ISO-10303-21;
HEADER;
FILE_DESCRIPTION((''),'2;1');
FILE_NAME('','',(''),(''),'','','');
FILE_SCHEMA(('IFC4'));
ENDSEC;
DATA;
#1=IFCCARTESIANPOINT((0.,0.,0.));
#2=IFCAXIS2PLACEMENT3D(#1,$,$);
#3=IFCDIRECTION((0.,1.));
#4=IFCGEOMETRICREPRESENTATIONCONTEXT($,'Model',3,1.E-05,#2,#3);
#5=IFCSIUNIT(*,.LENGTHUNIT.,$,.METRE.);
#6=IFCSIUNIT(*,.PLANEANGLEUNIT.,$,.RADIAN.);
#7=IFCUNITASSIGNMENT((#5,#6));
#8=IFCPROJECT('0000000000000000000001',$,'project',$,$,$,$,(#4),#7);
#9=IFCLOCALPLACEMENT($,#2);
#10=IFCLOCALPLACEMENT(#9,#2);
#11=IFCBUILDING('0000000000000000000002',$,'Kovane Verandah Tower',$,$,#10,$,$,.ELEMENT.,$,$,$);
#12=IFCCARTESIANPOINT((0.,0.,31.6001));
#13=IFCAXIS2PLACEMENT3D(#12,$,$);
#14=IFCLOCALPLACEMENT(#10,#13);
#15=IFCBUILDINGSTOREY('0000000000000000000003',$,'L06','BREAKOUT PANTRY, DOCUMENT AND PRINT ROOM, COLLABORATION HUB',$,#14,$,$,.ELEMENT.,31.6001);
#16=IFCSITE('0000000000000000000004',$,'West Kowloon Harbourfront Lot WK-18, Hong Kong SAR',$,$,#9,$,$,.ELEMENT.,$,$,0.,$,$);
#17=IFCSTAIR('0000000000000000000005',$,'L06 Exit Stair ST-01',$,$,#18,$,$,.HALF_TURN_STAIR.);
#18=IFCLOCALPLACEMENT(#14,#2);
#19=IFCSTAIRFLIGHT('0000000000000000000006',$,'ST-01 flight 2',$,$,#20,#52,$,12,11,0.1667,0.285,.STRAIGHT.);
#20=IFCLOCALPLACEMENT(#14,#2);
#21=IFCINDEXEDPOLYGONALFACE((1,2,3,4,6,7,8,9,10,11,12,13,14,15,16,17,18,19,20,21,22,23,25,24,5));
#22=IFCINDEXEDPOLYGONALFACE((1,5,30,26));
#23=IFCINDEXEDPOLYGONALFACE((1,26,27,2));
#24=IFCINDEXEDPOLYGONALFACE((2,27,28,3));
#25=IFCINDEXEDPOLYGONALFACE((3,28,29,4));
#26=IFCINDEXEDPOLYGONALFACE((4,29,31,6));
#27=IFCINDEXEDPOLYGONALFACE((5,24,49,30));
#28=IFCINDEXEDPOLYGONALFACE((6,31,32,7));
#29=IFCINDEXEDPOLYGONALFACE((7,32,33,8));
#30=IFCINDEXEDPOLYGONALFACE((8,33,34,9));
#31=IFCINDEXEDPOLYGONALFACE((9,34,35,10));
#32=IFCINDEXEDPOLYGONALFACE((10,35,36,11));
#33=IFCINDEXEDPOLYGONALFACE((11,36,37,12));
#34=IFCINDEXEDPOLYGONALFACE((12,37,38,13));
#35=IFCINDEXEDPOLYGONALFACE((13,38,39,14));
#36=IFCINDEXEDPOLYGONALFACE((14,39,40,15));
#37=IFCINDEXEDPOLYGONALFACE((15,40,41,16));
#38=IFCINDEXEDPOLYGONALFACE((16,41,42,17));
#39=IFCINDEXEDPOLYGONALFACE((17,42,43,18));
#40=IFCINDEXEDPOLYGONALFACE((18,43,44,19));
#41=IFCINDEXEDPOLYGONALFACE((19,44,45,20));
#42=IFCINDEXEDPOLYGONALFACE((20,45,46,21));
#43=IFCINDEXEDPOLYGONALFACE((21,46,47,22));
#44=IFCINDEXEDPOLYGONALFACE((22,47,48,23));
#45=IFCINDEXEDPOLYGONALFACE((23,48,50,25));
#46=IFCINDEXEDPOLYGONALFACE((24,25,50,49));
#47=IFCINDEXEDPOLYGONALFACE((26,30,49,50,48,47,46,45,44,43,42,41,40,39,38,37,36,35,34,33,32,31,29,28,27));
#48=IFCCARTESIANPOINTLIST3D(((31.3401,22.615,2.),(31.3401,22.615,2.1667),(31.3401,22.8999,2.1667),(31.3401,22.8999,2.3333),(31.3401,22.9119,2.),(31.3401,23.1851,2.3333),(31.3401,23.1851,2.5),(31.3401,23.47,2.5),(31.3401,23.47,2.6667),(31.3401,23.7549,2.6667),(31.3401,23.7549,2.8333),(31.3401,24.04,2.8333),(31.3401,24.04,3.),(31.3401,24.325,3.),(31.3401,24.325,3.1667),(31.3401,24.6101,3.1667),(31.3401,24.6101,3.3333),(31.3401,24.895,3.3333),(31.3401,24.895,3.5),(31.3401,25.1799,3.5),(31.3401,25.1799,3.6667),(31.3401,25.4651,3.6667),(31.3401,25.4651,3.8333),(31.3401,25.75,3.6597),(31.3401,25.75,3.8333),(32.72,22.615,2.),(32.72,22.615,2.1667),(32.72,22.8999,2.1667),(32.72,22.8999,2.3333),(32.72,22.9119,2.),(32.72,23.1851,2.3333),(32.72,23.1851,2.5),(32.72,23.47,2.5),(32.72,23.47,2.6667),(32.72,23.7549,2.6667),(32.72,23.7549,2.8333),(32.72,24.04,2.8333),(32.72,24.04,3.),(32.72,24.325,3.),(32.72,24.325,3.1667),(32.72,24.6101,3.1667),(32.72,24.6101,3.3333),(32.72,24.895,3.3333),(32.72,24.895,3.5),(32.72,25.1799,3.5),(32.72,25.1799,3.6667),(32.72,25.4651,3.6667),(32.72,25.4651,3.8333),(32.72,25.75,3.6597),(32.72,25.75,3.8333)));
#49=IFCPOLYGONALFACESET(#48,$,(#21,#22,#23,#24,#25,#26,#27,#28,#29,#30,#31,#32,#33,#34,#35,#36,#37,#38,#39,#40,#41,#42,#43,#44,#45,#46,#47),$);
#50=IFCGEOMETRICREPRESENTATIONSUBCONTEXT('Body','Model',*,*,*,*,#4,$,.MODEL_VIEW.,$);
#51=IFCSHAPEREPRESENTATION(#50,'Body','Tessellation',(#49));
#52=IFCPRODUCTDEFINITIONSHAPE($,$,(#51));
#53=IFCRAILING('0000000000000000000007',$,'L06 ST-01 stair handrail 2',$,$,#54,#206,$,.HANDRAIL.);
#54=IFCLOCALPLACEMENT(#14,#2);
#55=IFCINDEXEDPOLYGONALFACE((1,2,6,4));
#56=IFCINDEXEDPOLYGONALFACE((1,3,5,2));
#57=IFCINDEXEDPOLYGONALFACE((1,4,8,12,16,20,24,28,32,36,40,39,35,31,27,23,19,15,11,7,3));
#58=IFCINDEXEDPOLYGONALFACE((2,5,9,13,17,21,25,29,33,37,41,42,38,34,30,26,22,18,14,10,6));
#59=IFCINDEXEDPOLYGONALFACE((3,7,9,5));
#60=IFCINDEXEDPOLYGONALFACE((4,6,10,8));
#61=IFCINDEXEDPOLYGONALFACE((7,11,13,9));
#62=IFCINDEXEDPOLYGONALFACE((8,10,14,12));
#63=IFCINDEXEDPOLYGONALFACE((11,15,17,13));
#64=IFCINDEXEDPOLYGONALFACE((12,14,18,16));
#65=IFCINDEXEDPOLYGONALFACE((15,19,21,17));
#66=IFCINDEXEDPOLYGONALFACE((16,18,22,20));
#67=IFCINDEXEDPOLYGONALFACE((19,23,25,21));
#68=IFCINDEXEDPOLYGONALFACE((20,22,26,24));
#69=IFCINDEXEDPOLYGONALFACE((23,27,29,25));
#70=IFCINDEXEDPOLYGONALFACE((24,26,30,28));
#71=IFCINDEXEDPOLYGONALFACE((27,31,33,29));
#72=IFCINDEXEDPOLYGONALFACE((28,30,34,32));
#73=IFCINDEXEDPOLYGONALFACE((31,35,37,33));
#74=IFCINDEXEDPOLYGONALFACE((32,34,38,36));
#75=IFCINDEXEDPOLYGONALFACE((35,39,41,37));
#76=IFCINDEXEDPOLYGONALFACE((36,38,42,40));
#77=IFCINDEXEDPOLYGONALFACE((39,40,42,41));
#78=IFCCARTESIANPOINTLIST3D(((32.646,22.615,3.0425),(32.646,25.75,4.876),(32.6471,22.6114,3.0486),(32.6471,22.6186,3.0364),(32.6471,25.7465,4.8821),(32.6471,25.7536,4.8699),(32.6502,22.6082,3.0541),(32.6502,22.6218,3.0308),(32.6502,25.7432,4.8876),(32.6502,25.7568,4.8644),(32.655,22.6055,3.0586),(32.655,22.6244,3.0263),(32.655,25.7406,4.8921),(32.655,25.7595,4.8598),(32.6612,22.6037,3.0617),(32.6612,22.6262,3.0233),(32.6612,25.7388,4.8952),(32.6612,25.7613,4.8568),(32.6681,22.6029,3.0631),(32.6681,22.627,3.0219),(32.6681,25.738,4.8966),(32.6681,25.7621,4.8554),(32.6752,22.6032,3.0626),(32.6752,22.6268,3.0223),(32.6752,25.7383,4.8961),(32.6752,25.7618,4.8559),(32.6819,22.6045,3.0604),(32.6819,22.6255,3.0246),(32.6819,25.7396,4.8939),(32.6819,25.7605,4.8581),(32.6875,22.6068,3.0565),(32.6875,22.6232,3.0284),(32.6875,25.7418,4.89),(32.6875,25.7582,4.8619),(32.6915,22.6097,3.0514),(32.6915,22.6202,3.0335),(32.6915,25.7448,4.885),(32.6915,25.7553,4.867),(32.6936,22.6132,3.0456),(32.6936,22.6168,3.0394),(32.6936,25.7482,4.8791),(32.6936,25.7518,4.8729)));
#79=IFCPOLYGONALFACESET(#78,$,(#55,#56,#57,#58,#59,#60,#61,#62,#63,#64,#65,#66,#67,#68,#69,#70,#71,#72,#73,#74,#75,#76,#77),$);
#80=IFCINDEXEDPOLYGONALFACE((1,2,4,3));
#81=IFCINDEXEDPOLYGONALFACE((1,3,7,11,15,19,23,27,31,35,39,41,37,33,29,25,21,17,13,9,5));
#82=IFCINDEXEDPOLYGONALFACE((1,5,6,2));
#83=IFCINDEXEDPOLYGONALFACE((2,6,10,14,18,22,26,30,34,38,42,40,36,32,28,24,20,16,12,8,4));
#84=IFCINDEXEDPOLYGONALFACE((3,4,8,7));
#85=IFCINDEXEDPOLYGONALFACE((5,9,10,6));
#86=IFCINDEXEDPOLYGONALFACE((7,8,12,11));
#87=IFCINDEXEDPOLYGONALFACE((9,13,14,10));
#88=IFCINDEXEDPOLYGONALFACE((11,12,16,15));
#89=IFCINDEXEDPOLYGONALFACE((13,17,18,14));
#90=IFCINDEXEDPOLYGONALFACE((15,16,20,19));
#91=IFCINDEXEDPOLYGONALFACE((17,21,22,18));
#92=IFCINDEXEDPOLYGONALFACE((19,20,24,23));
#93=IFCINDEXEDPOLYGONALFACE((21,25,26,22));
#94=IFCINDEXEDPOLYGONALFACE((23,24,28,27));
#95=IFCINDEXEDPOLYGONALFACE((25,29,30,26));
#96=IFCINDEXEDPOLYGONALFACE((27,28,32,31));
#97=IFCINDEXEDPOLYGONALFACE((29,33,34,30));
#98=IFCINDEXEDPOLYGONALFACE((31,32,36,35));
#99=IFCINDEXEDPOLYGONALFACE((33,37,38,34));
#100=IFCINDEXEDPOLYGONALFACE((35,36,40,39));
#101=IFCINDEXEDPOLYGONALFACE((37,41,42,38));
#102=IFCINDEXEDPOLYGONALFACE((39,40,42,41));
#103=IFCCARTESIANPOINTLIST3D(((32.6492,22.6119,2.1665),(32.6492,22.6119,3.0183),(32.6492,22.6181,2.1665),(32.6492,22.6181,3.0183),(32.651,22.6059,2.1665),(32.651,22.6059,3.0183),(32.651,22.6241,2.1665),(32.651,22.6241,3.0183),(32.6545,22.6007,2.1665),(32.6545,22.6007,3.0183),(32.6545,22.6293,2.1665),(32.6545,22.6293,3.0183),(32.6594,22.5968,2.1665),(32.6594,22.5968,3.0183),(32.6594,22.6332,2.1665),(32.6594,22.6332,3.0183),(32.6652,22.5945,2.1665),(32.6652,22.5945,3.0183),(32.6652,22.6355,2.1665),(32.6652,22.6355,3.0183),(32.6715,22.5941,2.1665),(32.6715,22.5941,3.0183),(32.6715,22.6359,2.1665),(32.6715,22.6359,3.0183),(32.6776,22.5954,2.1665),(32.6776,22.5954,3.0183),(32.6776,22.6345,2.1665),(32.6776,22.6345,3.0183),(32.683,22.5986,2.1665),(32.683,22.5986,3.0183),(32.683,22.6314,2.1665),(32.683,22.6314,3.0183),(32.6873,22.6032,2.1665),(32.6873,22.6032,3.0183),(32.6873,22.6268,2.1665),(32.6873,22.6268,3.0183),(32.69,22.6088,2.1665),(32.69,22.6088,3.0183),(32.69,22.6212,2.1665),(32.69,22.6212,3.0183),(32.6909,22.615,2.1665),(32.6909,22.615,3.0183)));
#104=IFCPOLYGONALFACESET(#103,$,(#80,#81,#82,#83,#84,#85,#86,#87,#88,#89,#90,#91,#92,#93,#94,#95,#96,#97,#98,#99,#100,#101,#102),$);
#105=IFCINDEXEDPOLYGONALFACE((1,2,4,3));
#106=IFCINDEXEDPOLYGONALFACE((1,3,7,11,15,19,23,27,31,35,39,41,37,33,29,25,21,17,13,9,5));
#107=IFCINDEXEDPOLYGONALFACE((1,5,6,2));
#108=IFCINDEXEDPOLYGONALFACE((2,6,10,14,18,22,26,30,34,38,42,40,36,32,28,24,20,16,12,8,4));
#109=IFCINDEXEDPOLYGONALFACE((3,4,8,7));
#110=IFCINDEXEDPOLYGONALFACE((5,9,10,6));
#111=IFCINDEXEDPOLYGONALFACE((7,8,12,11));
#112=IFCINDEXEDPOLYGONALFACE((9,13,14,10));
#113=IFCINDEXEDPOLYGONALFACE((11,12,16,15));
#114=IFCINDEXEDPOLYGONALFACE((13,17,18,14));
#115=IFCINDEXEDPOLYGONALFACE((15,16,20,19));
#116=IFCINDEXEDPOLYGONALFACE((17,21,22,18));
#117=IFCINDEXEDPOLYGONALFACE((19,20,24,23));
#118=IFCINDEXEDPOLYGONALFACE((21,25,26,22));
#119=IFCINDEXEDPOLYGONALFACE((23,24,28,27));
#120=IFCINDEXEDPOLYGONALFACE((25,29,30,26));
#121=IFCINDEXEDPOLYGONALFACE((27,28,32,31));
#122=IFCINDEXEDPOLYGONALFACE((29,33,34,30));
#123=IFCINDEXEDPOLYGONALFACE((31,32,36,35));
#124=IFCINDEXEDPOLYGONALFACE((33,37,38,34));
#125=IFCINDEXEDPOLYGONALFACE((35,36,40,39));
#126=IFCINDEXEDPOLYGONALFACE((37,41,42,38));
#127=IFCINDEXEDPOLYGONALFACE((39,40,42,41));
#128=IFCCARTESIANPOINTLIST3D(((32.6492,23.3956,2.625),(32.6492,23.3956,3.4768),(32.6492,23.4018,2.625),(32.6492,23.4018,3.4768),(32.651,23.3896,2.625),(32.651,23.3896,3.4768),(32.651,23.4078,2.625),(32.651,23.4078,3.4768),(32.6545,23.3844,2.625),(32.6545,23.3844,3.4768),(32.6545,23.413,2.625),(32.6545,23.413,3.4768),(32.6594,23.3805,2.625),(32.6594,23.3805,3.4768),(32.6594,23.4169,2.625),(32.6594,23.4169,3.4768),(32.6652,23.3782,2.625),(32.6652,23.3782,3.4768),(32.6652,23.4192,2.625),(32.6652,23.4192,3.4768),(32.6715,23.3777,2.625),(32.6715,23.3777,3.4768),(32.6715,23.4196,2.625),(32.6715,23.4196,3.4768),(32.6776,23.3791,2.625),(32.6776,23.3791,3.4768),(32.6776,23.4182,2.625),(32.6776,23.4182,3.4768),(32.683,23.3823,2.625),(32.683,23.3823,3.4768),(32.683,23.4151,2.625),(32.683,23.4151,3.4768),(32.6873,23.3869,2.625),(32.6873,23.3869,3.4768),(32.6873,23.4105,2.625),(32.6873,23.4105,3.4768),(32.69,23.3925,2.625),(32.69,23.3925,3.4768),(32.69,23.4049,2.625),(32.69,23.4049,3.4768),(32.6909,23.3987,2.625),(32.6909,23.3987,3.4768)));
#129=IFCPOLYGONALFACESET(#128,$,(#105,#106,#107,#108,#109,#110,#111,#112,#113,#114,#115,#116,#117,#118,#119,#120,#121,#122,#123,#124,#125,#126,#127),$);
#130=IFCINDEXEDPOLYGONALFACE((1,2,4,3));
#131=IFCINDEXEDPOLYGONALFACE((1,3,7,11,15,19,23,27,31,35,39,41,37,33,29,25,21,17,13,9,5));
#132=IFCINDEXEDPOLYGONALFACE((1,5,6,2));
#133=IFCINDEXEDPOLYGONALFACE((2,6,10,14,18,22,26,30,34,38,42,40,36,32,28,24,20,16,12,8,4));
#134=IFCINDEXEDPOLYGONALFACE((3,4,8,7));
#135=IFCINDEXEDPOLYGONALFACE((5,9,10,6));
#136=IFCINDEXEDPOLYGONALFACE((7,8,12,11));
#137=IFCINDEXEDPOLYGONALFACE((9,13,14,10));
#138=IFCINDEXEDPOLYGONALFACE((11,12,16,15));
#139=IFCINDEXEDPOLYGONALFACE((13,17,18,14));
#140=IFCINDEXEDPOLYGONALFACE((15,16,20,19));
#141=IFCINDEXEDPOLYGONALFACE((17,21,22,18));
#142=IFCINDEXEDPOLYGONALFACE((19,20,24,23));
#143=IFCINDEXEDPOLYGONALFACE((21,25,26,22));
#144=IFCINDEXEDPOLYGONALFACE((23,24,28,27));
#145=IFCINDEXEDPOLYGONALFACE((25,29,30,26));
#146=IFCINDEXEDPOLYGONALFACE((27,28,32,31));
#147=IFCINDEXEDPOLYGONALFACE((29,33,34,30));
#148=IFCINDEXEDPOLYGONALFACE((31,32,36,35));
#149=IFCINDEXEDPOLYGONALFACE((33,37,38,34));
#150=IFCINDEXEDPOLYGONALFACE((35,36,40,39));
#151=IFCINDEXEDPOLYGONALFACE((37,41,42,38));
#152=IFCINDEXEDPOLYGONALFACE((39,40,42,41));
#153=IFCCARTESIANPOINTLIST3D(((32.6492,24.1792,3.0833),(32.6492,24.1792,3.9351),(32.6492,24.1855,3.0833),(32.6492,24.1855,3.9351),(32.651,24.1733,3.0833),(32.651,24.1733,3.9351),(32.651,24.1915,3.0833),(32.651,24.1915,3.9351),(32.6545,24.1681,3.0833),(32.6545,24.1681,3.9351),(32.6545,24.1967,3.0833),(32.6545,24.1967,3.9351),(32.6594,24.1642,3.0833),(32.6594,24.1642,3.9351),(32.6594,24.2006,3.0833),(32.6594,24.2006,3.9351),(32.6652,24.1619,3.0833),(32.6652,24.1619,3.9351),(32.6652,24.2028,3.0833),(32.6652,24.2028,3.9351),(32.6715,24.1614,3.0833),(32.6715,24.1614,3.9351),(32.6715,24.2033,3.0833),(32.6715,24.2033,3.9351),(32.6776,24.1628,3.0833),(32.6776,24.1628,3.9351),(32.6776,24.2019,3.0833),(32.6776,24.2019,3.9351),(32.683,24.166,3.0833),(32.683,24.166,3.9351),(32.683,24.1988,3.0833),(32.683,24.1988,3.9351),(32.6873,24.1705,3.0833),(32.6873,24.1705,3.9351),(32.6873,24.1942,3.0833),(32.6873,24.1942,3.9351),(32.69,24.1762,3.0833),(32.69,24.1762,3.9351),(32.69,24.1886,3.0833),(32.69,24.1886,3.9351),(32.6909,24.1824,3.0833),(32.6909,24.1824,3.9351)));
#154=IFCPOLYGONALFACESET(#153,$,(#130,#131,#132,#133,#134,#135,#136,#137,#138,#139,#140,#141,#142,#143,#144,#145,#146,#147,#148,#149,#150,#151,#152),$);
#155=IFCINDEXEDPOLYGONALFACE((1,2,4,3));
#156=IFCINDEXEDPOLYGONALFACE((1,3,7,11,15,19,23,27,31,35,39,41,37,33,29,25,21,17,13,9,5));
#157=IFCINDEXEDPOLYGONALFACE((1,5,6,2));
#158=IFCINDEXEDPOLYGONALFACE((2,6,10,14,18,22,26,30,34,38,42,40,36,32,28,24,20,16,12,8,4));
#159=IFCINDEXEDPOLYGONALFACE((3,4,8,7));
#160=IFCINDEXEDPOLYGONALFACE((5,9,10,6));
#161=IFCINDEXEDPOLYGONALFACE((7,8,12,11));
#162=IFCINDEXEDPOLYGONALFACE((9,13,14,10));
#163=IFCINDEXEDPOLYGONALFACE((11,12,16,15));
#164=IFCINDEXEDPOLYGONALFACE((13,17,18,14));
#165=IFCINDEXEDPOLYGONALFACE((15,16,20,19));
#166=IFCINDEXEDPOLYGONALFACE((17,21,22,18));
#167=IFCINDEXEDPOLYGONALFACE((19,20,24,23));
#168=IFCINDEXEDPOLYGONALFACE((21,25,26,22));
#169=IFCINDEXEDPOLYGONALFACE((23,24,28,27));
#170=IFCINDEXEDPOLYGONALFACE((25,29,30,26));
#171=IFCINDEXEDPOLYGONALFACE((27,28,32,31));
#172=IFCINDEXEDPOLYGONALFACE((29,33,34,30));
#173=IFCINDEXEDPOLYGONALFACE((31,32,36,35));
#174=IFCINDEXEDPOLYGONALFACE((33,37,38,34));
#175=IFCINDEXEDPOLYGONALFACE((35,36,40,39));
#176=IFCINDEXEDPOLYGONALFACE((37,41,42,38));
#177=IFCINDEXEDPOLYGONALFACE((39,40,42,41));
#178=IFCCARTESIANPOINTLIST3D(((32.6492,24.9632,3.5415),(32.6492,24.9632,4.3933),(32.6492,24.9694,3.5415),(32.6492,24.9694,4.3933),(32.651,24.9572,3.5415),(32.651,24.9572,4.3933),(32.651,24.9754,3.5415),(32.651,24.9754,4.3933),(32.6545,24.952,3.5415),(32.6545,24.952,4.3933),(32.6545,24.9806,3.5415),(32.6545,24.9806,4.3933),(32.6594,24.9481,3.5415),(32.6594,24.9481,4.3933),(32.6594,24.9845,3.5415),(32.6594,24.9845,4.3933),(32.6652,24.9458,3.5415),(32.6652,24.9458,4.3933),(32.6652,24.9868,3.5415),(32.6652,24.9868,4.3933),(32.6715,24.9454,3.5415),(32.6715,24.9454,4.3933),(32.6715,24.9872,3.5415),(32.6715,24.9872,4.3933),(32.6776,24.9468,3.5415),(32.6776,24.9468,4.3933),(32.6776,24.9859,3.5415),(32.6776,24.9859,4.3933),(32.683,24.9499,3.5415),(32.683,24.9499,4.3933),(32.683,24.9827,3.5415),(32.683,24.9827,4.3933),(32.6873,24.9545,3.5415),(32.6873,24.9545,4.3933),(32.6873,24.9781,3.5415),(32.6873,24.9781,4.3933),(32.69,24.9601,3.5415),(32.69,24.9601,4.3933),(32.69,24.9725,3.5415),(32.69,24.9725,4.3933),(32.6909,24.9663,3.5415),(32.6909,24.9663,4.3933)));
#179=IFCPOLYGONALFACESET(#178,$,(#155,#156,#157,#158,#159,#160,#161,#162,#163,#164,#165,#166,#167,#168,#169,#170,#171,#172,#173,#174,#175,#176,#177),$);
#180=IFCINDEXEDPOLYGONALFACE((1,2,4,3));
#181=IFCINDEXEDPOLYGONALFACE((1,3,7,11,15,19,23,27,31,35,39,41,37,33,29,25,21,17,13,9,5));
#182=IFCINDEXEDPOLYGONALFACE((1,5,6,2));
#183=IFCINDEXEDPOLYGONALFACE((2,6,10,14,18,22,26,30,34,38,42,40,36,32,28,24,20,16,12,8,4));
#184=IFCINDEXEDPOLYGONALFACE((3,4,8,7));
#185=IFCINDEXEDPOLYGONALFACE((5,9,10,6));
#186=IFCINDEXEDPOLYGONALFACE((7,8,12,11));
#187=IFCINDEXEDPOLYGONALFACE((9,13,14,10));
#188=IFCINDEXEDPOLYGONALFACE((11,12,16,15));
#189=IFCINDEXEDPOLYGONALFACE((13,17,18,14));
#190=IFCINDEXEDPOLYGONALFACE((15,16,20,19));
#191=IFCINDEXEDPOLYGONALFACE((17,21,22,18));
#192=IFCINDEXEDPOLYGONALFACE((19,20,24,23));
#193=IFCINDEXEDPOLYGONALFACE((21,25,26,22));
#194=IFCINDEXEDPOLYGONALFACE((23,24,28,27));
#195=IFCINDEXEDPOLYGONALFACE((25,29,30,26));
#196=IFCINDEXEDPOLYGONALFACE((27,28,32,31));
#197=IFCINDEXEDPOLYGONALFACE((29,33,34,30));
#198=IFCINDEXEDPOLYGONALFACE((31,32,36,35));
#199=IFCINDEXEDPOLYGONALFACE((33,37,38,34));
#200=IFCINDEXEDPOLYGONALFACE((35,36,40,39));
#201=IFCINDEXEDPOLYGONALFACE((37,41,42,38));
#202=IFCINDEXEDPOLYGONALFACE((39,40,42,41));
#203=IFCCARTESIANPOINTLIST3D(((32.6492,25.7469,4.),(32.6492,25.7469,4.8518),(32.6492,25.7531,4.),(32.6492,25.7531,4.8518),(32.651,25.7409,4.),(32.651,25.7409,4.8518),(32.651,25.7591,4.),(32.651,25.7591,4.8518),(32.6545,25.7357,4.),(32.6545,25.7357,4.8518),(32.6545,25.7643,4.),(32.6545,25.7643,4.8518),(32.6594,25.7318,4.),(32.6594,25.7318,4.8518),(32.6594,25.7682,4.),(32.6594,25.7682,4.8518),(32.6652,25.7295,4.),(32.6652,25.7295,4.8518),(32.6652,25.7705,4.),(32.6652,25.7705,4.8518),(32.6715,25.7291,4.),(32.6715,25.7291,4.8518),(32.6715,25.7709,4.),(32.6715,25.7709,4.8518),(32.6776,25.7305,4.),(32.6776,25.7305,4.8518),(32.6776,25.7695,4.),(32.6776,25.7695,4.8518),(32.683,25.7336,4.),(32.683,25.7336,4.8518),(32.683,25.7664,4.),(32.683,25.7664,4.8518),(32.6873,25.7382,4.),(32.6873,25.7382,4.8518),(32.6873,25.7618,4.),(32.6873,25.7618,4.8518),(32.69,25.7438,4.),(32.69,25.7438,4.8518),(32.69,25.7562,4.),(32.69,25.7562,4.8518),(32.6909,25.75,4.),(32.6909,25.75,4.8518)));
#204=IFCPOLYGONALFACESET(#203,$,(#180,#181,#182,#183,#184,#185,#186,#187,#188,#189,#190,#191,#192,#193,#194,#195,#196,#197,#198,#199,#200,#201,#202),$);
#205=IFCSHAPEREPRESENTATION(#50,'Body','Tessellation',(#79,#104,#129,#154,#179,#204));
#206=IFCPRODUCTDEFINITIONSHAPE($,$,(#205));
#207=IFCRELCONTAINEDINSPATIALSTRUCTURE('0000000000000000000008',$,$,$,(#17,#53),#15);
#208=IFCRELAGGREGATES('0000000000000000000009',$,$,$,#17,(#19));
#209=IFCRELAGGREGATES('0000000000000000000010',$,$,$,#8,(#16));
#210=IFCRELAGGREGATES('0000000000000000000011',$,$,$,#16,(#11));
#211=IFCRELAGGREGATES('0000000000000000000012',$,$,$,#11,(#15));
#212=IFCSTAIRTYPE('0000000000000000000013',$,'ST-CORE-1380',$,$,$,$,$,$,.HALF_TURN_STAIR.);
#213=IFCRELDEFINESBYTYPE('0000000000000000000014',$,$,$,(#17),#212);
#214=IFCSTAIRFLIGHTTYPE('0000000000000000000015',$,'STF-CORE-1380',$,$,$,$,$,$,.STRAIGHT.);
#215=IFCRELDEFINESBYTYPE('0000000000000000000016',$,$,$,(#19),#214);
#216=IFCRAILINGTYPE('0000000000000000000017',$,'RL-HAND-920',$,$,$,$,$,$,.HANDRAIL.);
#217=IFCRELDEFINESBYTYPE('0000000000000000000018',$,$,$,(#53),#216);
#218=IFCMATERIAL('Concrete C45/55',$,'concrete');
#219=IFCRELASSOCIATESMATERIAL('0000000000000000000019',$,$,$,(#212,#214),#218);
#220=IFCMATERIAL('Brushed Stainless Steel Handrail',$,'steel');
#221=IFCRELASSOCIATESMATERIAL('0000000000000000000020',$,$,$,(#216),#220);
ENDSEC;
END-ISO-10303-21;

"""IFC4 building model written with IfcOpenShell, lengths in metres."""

from ifc_helpers import new_model, si_unit, direction, frame, origin, origin_2d, place, context, subcontext, project, spatial, polyline, circle, outline, extrude, material, type_object, element, aggregate, save


model = new_model("IFC4")

# Units and contexts
model_context = context("Model", 3, precision=1e-05, world=origin(), true_north=direction((0.0, 1.0)))
body_context = subcontext(model_context, "Body", "Model", "MODEL_VIEW")
ifc_project = project(units=[si_unit("LENGTHUNIT", "METRE"), si_unit("PLANEANGLEUNIT", "RADIAN")], contexts=[model_context])

# Site, building, storey
site_placement = place(None, origin())
site = spatial("IfcSite", under=ifc_project, at=site_placement, Name="West Kowloon Harbourfront Lot WK-18, Hong Kong SAR", CompositionType="ELEMENT", RefElevation=0.0)
building_placement = place(site_placement, origin())
building = spatial("IfcBuilding", under=site, at=building_placement, Name="Kovane Verandah Tower", CompositionType="ELEMENT")
storey_placement = place(building_placement, frame((0.0, 0.0, 31.6001)))
storey = spatial("IfcBuildingStorey", under=building, at=storey_placement, Name="L06", Description="BREAKOUT PANTRY, DOCUMENT AND PRINT ROOM, COLLABORATION HUB", CompositionType="ELEMENT", Elevation=31.6001)

# Stair, stair flight
ifc_material_1 = material(Name="Concrete C45/55", Category="concrete")
stair_type = type_object("IfcStairType", Name="ST-CORE-1380", PredefinedType="HALF_TURN_STAIR", material=ifc_material_1)
stair_placement = place(storey_placement, origin())
stair = element("IfcStair", 1, at=stair_placement, inside=storey, type_object=stair_type, Name="L06 Exit Stair ST-01", PredefinedType="HALF_TURN_STAIR")
stair_flight_type = type_object("IfcStairFlightType", Name="STF-CORE-1380", PredefinedType="STRAIGHT", material=ifc_material_1)
stair_flight_placement = place(storey_placement, frame((32.03, 22.615, 2.0), z_axis=(0.0, 0.0, 1.0), x_axis=(0.0, 1.0, 0.0)))
stair_flight = element("IfcStairFlight", 2, at=stair_flight_placement, type_object=stair_flight_type, Name="ST-01 flight 2", NumberOfRisers=12, NumberOfTreads=11, PredefinedType="STRAIGHT", RiserHeight=0.1667, TreadLength=0.285, context=body_context, shape_type="SweptSolid", body=[
    extrude(outline(polyline([(0.0, 0.0), (0.0, 0.1667), (0.2849, 0.1667), (0.2849, 0.3333), (0.5701, 0.3333), (0.5701, 0.5), (0.855, 0.5), (0.855, 0.6667), (1.1399, 0.6667), (1.1399, 0.8333), (1.425, 0.8333), (1.425, 1.0), (1.71, 1.0), (1.71, 1.1667), (1.9951, 1.1667), (1.9951, 1.3333), (2.28, 1.3333), (2.28, 1.5), (2.5649, 1.5), (2.5649, 1.6667), (2.8501, 1.6667), (2.8501, 1.8333), (3.135, 1.8333), (3.135, 2.0), (3.135, 1.6597), (0.2969, 0.0), (0.0, 0.0)])), frame((0.0, 0.6899, 0.0), z_axis=(0.0, -1.0, 0.0), x_axis=(1.0, 0.0, 0.0)), (0.0, 0.0, 1.0), 1.3799),
])
aggregate(stair, [stair_flight])

# Railing
ifc_material_2 = material(Name="Brushed Stainless Steel Handrail", Category="steel")
railing_type_1 = type_object("IfcRailingType", Name="RL-HAND-920", PredefinedType="HANDRAIL", material=ifc_material_2)
railing_1_placement = place(storey_placement, frame((32.6699, 22.615, 2.1665)))
element("IfcRailing", 3, at=railing_1_placement, inside=storey, type_object=railing_type_1, Name="L06 ST-01 stair handrail 2", PredefinedType="HANDRAIL", context=body_context, shape_type="SweptSolid", body=[
    extrude(circle(Radius=0.0239, at=origin_2d()), frame((0.0, 0.0, 0.876), z_axis=(0.0, 0.86321, 0.504845), x_axis=(-1.0, 0.0, 0.0)), (0.0, 0.0, 1.0), 3.6318),
    extrude(circle(Radius=0.021, at=origin_2d()), origin(), (0.0, 0.0, 1.0), 0.8518),
    extrude(circle(Radius=0.021, at=origin_2d()), frame((0.0, 0.7837, 0.4585)), (0.0, 0.0, 1.0), 0.8518),
    extrude(circle(Radius=0.021, at=origin_2d()), frame((0.0, 1.5674, 0.9167)), (0.0, 0.0, 1.0), 0.8518),
    extrude(circle(Radius=0.021, at=origin_2d()), frame((0.0, 2.3513, 1.375)), (0.0, 0.0, 1.0), 0.8518),
    extrude(circle(Radius=0.021, at=origin_2d()), frame((0.0, 3.135, 1.8335)), (0.0, 0.0, 1.0), 0.8518),
])

save(model, "model.ifc")
